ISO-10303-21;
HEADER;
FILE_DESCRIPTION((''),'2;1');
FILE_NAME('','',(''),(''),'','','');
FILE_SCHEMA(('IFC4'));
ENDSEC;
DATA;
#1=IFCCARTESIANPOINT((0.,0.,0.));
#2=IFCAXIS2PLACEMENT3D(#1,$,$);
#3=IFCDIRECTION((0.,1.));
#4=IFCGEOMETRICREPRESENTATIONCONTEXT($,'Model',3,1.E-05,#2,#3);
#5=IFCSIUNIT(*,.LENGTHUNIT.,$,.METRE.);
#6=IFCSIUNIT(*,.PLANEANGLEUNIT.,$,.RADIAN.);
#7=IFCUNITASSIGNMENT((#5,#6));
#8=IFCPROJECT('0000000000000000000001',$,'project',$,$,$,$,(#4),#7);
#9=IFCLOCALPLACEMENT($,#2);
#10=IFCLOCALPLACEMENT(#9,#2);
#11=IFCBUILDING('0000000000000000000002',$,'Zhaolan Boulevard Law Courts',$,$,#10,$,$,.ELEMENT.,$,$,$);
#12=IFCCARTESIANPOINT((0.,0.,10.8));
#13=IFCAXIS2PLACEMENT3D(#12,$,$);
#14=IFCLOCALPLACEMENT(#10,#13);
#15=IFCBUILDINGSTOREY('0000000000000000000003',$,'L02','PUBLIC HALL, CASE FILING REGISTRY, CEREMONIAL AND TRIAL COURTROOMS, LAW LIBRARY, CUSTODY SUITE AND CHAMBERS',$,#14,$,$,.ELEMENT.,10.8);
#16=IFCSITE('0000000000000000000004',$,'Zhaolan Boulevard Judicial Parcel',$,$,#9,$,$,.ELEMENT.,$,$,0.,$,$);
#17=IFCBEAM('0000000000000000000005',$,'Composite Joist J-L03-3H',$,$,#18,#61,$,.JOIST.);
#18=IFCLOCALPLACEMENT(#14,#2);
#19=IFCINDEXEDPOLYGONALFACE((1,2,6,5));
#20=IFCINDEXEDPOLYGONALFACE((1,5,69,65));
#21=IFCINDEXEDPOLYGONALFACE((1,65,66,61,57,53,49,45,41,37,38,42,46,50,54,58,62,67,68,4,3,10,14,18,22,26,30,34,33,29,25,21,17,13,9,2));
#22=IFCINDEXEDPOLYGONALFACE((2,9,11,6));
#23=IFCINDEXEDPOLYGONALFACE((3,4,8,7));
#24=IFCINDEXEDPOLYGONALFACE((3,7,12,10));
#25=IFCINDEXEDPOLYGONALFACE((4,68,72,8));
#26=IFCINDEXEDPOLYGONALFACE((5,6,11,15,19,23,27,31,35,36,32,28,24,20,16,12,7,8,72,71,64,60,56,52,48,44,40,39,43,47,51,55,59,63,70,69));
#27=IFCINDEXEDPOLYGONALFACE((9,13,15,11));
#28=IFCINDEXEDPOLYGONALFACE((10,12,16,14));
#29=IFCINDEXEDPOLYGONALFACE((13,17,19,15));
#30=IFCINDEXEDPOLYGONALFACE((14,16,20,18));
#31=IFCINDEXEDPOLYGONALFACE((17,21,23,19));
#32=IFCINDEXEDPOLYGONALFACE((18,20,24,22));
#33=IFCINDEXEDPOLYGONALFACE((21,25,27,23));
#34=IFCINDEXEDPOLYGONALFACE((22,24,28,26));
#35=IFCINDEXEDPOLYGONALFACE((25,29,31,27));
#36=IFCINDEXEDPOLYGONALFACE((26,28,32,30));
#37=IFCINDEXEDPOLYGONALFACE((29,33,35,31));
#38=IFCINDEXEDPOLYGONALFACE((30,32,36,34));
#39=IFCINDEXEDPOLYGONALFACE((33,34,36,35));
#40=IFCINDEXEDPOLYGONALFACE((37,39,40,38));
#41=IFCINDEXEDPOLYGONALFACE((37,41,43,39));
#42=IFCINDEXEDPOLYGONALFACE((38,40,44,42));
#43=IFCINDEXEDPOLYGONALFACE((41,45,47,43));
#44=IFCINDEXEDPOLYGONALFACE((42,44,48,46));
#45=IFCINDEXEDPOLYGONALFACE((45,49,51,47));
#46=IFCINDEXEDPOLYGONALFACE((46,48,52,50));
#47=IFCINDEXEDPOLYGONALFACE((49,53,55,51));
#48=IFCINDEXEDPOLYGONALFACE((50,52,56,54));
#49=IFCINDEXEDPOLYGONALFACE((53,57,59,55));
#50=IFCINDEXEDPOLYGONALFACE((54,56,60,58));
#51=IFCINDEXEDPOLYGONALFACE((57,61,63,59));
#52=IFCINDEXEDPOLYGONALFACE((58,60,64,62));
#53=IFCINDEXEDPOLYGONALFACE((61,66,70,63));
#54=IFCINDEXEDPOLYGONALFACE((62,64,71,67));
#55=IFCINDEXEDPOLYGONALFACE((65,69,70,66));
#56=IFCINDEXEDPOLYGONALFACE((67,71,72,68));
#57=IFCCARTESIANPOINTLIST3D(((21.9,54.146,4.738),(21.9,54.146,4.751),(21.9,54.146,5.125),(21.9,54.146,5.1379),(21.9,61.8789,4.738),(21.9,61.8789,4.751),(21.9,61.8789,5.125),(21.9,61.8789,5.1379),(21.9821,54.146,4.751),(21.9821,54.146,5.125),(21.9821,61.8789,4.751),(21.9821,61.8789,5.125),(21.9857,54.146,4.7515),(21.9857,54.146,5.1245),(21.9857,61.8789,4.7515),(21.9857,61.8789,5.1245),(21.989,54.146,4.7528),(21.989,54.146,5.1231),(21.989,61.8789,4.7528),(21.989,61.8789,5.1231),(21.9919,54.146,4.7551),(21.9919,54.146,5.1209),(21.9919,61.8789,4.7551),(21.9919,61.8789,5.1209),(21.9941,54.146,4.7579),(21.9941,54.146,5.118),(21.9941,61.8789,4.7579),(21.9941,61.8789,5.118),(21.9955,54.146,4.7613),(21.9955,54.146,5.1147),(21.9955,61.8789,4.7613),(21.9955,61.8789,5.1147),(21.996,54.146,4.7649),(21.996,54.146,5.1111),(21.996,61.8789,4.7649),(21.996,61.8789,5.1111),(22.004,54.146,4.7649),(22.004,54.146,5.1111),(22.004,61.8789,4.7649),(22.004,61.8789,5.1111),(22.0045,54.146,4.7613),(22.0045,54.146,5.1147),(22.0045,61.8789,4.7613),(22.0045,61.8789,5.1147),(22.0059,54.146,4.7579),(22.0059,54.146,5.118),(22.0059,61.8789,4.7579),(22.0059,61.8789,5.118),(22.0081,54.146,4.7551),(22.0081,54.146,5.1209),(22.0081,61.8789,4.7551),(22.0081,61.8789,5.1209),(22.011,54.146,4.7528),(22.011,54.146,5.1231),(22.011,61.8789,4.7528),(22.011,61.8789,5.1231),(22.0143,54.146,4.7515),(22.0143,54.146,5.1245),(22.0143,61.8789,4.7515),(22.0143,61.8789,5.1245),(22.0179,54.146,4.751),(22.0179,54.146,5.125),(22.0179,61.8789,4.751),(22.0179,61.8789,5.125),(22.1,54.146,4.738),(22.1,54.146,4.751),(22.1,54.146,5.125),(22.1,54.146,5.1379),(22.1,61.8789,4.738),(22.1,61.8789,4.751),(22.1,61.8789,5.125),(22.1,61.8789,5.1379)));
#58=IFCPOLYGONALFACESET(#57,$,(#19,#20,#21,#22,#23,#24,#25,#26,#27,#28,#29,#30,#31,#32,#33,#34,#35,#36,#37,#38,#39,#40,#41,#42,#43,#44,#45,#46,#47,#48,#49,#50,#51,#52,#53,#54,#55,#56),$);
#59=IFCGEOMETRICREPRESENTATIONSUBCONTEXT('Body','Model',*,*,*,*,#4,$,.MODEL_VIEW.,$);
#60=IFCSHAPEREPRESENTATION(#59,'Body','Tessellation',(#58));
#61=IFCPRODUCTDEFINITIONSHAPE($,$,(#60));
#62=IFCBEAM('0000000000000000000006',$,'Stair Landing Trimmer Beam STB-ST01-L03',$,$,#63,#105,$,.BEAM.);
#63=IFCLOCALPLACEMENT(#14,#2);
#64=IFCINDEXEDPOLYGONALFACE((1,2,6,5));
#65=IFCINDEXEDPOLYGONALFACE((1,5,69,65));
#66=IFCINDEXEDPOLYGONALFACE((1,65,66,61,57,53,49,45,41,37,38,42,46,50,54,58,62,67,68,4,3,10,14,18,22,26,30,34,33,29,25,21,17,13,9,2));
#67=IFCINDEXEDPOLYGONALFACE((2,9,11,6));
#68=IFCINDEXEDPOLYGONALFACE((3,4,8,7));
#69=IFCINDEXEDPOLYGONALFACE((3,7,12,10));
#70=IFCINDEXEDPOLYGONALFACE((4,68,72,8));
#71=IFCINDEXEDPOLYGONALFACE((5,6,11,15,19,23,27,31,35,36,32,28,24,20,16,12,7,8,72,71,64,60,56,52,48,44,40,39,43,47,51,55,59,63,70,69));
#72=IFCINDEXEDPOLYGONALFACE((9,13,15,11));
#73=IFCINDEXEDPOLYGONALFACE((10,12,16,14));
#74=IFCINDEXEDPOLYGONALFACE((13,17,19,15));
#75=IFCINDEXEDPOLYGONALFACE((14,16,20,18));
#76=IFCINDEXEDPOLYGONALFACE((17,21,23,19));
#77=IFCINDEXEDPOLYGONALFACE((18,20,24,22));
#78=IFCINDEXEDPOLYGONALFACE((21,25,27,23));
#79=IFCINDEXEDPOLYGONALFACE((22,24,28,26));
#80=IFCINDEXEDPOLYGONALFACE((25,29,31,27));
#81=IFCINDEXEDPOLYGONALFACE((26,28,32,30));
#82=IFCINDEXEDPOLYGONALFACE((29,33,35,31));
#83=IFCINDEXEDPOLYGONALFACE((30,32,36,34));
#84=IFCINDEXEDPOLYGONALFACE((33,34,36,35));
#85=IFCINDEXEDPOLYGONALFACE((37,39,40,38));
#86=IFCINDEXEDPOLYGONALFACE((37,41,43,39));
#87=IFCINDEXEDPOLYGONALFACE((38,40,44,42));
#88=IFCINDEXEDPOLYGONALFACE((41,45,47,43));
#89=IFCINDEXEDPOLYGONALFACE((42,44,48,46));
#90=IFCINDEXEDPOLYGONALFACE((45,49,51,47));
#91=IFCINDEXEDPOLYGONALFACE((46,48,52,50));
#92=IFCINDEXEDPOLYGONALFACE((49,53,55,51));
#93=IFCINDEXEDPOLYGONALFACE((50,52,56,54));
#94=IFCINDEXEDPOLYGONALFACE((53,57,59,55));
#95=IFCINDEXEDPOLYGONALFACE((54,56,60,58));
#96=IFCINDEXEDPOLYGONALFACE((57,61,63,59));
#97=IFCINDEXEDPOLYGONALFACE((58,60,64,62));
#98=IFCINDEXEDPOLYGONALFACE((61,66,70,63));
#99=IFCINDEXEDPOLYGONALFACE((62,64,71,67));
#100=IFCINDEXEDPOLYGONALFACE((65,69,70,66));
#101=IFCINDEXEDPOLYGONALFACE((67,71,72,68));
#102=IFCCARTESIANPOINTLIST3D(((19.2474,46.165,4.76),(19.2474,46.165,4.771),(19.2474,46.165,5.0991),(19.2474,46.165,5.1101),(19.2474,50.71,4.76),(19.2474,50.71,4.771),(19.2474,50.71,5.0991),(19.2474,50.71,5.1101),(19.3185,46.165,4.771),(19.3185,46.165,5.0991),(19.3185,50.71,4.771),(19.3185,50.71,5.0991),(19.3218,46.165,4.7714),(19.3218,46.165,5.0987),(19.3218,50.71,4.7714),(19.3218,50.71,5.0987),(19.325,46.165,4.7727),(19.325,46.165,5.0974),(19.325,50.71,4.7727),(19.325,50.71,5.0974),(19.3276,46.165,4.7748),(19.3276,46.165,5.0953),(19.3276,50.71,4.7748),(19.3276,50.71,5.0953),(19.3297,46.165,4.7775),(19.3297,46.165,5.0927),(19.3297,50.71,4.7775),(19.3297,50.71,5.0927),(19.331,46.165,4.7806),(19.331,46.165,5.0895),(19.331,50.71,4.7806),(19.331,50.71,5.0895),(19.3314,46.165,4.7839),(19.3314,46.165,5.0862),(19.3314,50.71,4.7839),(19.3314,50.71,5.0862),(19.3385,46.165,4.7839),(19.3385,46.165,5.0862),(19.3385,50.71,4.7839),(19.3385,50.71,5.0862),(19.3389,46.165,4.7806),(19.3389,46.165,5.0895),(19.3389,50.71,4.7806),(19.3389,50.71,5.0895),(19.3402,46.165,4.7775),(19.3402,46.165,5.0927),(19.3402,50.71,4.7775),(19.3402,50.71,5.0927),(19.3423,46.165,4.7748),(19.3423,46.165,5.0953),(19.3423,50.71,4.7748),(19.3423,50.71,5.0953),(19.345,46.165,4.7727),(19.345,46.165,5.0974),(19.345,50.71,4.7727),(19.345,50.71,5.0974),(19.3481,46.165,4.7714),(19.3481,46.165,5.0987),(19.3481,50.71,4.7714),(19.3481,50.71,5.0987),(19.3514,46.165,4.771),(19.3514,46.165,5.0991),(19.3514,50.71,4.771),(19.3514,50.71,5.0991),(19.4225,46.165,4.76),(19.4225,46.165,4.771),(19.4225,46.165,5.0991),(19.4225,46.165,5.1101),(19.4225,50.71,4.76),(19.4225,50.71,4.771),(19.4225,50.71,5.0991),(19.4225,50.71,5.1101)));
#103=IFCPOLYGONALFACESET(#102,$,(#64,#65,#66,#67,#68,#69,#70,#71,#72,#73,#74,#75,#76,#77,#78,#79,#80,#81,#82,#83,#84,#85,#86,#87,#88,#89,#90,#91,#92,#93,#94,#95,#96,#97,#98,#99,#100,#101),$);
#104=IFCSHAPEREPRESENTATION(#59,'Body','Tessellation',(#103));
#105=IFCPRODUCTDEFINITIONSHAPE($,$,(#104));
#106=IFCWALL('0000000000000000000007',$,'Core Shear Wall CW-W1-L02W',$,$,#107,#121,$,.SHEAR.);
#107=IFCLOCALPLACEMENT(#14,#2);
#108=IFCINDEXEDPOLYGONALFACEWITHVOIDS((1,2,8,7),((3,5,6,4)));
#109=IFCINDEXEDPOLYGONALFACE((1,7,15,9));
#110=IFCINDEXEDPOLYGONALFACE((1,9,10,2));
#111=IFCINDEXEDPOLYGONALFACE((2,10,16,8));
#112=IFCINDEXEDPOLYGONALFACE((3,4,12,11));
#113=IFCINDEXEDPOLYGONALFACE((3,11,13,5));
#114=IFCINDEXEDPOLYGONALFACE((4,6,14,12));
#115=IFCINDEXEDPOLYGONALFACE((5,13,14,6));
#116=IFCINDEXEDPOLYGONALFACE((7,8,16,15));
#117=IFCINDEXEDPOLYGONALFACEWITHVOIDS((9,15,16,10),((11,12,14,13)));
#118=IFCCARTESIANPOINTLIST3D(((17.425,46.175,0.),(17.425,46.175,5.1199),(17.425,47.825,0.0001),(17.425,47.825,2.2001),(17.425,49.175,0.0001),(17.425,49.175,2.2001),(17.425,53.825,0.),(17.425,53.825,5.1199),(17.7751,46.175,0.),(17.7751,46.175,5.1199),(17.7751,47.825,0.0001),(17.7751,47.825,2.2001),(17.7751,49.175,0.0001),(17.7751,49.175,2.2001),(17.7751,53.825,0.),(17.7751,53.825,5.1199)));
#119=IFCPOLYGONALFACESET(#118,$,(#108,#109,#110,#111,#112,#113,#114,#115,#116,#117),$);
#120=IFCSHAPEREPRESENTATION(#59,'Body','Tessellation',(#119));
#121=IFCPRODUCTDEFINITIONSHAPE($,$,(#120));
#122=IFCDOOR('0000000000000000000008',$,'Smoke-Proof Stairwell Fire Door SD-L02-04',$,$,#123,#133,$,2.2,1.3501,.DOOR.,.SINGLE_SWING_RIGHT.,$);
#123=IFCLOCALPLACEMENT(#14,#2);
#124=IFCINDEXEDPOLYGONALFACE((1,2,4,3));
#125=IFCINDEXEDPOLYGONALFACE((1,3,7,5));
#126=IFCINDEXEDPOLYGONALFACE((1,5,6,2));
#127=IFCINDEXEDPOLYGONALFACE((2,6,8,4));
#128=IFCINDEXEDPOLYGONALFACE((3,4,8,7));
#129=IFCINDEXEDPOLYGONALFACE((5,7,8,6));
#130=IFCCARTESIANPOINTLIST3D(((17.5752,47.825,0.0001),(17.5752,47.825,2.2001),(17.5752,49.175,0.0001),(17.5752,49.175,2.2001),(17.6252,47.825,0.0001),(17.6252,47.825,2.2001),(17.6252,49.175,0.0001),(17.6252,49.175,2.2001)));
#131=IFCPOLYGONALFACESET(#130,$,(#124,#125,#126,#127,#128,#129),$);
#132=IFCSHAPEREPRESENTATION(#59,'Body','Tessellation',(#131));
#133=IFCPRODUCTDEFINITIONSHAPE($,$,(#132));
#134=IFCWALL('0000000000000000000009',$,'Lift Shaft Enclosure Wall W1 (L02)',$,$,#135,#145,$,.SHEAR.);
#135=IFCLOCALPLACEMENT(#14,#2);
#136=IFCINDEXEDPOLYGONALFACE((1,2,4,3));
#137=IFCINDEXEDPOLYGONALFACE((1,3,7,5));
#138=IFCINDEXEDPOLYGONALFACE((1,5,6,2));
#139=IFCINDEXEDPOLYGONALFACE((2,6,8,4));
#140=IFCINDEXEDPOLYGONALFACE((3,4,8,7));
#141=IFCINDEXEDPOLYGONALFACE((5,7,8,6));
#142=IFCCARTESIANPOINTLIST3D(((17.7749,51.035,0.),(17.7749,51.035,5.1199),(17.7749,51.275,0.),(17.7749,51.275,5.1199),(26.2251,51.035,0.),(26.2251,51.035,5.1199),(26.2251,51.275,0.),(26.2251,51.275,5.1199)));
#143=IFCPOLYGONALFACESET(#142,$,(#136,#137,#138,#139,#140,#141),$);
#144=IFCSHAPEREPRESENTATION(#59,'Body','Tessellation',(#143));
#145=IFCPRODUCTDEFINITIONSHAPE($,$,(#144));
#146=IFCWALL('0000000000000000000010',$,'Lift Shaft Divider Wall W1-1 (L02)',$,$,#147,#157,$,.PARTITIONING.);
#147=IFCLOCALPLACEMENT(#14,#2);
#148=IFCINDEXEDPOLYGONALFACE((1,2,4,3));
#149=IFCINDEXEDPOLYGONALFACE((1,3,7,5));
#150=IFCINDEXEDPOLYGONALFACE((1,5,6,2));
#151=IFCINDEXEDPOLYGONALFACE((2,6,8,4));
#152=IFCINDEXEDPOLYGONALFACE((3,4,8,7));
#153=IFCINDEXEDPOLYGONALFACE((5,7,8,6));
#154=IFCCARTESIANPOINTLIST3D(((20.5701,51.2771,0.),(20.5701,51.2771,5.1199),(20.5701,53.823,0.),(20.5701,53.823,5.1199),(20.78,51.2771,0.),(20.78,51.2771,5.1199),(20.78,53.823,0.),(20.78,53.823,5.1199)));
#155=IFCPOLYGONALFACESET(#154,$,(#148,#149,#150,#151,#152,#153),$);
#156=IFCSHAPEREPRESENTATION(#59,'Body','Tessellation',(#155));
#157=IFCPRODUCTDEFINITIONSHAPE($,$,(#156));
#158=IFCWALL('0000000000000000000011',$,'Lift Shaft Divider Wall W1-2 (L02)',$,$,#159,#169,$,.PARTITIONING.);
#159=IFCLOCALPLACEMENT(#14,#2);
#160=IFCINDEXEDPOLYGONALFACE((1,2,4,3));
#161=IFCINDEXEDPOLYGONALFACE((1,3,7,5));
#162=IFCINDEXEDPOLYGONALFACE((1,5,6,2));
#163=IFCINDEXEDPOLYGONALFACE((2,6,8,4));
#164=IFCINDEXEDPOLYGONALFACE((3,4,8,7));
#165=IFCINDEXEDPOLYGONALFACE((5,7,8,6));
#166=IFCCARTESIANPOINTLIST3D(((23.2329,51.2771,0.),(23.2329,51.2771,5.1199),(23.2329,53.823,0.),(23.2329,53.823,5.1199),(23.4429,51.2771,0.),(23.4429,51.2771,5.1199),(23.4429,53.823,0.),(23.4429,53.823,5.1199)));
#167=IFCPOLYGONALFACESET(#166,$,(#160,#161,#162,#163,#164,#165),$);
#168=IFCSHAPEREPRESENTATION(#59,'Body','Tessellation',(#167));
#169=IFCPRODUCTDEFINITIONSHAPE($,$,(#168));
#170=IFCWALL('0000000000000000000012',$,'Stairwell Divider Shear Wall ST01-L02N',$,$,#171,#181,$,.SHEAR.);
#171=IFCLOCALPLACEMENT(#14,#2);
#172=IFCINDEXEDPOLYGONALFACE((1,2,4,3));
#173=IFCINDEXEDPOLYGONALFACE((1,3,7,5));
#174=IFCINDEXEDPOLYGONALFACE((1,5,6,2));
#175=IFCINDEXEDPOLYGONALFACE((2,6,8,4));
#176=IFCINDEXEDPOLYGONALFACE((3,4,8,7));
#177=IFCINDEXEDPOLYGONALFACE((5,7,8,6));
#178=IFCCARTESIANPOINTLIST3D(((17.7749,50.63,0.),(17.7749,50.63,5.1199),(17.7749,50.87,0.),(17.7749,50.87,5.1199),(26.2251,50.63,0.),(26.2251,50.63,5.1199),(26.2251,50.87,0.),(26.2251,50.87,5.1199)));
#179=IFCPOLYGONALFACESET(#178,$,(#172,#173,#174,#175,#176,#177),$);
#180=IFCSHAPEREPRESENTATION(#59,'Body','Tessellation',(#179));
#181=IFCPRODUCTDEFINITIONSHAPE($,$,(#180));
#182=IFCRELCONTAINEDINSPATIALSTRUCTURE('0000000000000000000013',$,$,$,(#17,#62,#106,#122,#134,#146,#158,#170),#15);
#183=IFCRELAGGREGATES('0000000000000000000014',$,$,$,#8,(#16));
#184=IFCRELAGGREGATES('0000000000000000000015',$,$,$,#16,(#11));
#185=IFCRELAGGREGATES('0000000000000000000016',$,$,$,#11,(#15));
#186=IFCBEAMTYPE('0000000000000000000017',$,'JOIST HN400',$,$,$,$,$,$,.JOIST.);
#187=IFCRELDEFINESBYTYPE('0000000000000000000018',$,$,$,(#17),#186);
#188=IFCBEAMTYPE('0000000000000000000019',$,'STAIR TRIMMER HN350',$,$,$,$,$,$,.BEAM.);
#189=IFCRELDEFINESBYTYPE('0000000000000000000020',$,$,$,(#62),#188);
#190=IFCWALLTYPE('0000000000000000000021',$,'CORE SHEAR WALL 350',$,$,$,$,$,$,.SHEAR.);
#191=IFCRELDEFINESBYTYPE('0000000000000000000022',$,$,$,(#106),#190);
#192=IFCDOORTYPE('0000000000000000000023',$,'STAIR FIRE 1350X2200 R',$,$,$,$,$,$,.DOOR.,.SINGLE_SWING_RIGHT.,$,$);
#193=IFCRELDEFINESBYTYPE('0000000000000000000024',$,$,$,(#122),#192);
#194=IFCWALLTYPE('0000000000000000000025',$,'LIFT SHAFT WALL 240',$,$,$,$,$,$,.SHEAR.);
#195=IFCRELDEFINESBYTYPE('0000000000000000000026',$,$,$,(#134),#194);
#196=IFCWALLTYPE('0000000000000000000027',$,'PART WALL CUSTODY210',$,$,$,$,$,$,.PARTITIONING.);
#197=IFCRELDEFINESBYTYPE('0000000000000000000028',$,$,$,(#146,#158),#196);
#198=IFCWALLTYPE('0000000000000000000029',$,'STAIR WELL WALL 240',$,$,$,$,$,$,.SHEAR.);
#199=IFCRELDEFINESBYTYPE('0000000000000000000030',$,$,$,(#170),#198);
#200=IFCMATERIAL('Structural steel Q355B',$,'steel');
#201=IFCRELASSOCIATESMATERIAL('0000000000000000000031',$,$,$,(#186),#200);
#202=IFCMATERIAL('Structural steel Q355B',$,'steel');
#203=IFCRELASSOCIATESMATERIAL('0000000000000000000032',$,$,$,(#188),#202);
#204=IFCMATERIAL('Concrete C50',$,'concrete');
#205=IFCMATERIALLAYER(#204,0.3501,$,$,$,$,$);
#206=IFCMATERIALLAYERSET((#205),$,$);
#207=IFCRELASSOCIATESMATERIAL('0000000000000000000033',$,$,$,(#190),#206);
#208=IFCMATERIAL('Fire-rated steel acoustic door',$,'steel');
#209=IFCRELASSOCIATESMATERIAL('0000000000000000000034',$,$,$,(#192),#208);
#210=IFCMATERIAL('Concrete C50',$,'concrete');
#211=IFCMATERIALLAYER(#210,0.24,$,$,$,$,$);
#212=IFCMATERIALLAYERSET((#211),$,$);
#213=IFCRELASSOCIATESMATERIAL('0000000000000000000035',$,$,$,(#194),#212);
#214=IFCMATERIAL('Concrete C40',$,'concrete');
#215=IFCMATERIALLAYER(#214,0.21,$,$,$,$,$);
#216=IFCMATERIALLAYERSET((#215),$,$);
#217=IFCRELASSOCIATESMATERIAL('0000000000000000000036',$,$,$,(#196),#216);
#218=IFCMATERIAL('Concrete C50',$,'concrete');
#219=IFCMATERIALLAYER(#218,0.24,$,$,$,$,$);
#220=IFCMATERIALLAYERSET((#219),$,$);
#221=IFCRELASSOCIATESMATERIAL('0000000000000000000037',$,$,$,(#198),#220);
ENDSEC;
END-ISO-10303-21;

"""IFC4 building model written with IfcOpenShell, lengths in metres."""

from ifc_helpers import new_model, si_unit, direction, frame, frame_2d, origin, origin_2d, place, context, subcontext, project, spatial, rectangle, i_section, extrude, material, layer, layer_set, material_profile, profile_set, type_object, element, fill, save


model = new_model("IFC4")

# Units and contexts
model_context = context("Model", 3, precision=1e-05, world=origin(), true_north=direction((0.0, 1.0)))
body_context = subcontext(model_context, "Body", "Model", "MODEL_VIEW")
ifc_project = project(units=[si_unit("LENGTHUNIT", "METRE"), si_unit("PLANEANGLEUNIT", "RADIAN")], contexts=[model_context])

# Site, building, storey
site_placement = place(None, origin())
site = spatial("IfcSite", under=ifc_project, at=site_placement, Name="Zhaolan Boulevard Judicial Parcel", CompositionType="ELEMENT", RefElevation=0.0)
building_placement = place(site_placement, origin())
building = spatial("IfcBuilding", under=site, at=building_placement, Name="Zhaolan Boulevard Law Courts", CompositionType="ELEMENT")
storey_placement = place(building_placement, frame((0.0, 0.0, 10.8)))
storey = spatial("IfcBuildingStorey", under=building, at=storey_placement, Name="L02", Description="PUBLIC HALL, CASE FILING REGISTRY, CEREMONIAL AND TRIAL COURTROOMS, LAW LIBRARY, CUSTODY SUITE AND CHAMBERS", CompositionType="ELEMENT", Elevation=10.8)

# Beams
ifc_material_1 = material(Name="Structural steel Q355B", Category="steel")
ifc_material_profile_1 = material_profile(ifc_material_1, i_section(OverallWidth=0.2, OverallDepth=0.3999, WebThickness=0.0081, FlangeThickness=0.0129, FilletRadius=0.0139, at=origin_2d()), Name="HN400x200")
ifc_profile_set_1 = profile_set([ifc_material_profile_1], Name="Structural steel Q355B")
beam_type_1 = type_object("IfcBeamType", Name="JOIST HN400", PredefinedType="JOIST", material=ifc_profile_set_1)
beam_1_placement = place(storey_placement, frame((22.0, 54.146, 4.938), z_axis=(0.0, 1.0, 0.0), x_axis=(-1.0, 0.0, 0.0)))
element("IfcBeam", 1, at=beam_1_placement, inside=storey, type_object=beam_type_1, Name="Composite Joist J-L03-3H", PredefinedType="JOIST", context=body_context, shape_type="SweptSolid", body=[
    extrude(i_section(OverallWidth=0.2, OverallDepth=0.3999, WebThickness=0.0081, FlangeThickness=0.0129, FilletRadius=0.0139, at=origin_2d()), origin(), (0.0, 0.0, 1.0), 7.7329),
])
ifc_material_2 = material(Name="Structural steel Q355B", Category="steel")
ifc_material_profile_2 = material_profile(ifc_material_2, i_section(OverallWidth=0.175, OverallDepth=0.3501, WebThickness=0.0071, FlangeThickness=0.011, FilletRadius=0.0129, at=origin_2d()), Name="HN350x175")
ifc_profile_set_2 = profile_set([ifc_material_profile_2], Name="Structural steel Q355B")
beam_type_2 = type_object("IfcBeamType", Name="STAIR TRIMMER HN350", PredefinedType="BEAM", material=ifc_profile_set_2)
beam_2_placement = place(storey_placement, frame((19.335, 46.165, 4.9351), z_axis=(0.0, 1.0, 0.0), x_axis=(-1.0, 0.0, 0.0)))
element("IfcBeam", 2, at=beam_2_placement, inside=storey, type_object=beam_type_2, Name="Stair Landing Trimmer Beam STB-ST01-L03", PredefinedType="BEAM", context=body_context, shape_type="SweptSolid", body=[
    extrude(i_section(OverallWidth=0.175, OverallDepth=0.3501, WebThickness=0.0071, FlangeThickness=0.011, FilletRadius=0.0129, at=origin_2d()), origin(), (0.0, 0.0, 1.0), 4.5449),
])

# Wall, opening, door
ifc_material_3 = material(Name="Concrete C50", Category="concrete")
ifc_layer_1 = layer(ifc_material_3, 0.3501)
ifc_layer_set_1 = layer_set([ifc_layer_1])
wall_type_1 = type_object("IfcWallType", Name="CORE SHEAR WALL 350", PredefinedType="SHEAR", material=ifc_layer_set_1)
wall_1_placement = place(storey_placement, frame((17.6001, 46.175, 0.0), z_axis=(0.0, 0.0, 1.0), x_axis=(0.0, 1.0, 0.0)))
wall_1 = element("IfcWall", 3, at=wall_1_placement, inside=storey, type_object=wall_type_1, Name="Core Shear Wall CW-W1-L02W", PredefinedType="SHEAR", context=body_context, shape_type="SweptSolid", body=[
    extrude(rectangle(XDim=7.6499, YDim=0.3501, at=frame_2d((3.825, 0.0))), origin(), (0.0, 0.0, 1.0), 5.1199),
])
opening_placement = place(wall_1_placement, frame((1.6499, 0.0, 0.0)))
opening = element("IfcOpeningElement", 4, at=opening_placement, cuts=wall_1, PredefinedType="OPENING", context=body_context, shape_type="SweptSolid", body=[
    extrude(rectangle(XDim=1.3501, YDim=2.2, at=frame_2d((0.675, 1.1001))), frame((0.0, 0.1851, 0.0), z_axis=(0.0, -1.0, 0.0), x_axis=(1.0, 0.0, 0.0)), (0.0, 0.0, 1.0), 0.3701),
])
ifc_material_4 = material(Name="Fire-rated steel acoustic door", Category="steel")
door_type = type_object("IfcDoorType", Name="STAIR FIRE 1350X2200 R", OperationType="SINGLE_SWING_RIGHT", PredefinedType="DOOR", material=ifc_material_4)
door_placement = place(opening_placement, origin())
door = element("IfcDoor", 5, at=door_placement, inside=storey, type_object=door_type, Name="Smoke-Proof Stairwell Fire Door SD-L02-04", OperationType="SINGLE_SWING_RIGHT", OverallHeight=2.2, OverallWidth=1.3501, PredefinedType="DOOR", context=body_context, shape_type="SweptSolid", body=[
    extrude(rectangle(XDim=1.3501, YDim=2.2, at=frame_2d((0.675, 1.1001))), frame((0.0, 0.0249, 0.0), z_axis=(0.0, -1.0, 0.0), x_axis=(1.0, 0.0, 0.0)), (0.0, 0.0, 1.0), 0.05),
])
fill(opening, door)

# Walls
ifc_material_5 = material(Name="Concrete C50", Category="concrete")
ifc_layer_2 = layer(ifc_material_5, 0.24)
ifc_layer_set_2 = layer_set([ifc_layer_2])
wall_type_2 = type_object("IfcWallType", Name="LIFT SHAFT WALL 240", PredefinedType="SHEAR", material=ifc_layer_set_2)
wall_2_placement = place(storey_placement, frame((17.7749, 51.155, 0.0), z_axis=(0.0, 0.0, 1.0), x_axis=(1.0, 0.0, 0.0)))
element("IfcWall", 6, at=wall_2_placement, inside=storey, type_object=wall_type_2, Name="Lift Shaft Enclosure Wall W1 (L02)", PredefinedType="SHEAR", context=body_context, shape_type="SweptSolid", body=[
    extrude(rectangle(XDim=8.4502, YDim=0.24, at=frame_2d((4.2251, 0.0))), origin(), (0.0, 0.0, 1.0), 5.1199),
])
ifc_material_6 = material(Name="Concrete C40", Category="concrete")
ifc_layer_3 = layer(ifc_material_6, 0.21)
ifc_layer_set_3 = layer_set([ifc_layer_3])
wall_type_3 = type_object("IfcWallType", Name="PART WALL CUSTODY210", PredefinedType="PARTITIONING", material=ifc_layer_set_3)
for number, where, z_axis, x_axis, name in (
    (7, (20.675, 51.2771, 0.0), (0.0, 0.0, 1.0), (0.0, 1.0, 0.0), "Lift Shaft Divider Wall W1-1 (L02)"),
    (8, (23.3379, 51.2771, 0.0), (0.0, 0.0, 1.0), (0.0, 1.0, 0.0), "Lift Shaft Divider Wall W1-2 (L02)"),
):
    element("IfcWall", number, at=place(storey_placement, frame(where, z_axis=z_axis, x_axis=x_axis)), inside=storey, type_object=wall_type_3, Name=name, PredefinedType="PARTITIONING", context=body_context, shape_type="SweptSolid", body=[
        extrude(rectangle(XDim=2.5459, YDim=0.21, at=frame_2d((1.2729, 0.0))), origin(), (0.0, 0.0, 1.0), 5.1199),
    ])
ifc_material_7 = material(Name="Concrete C50", Category="concrete")
ifc_layer_4 = layer(ifc_material_7, 0.24)
ifc_layer_set_4 = layer_set([ifc_layer_4])
wall_type_4 = type_object("IfcWallType", Name="STAIR WELL WALL 240", PredefinedType="SHEAR", material=ifc_layer_set_4)
wall_3_placement = place(storey_placement, frame((17.7749, 50.75, 0.0), z_axis=(0.0, 0.0, 1.0), x_axis=(1.0, 0.0, 0.0)))
element("IfcWall", 9, at=wall_3_placement, inside=storey, type_object=wall_type_4, Name="Stairwell Divider Shear Wall ST01-L02N", PredefinedType="SHEAR", context=body_context, shape_type="SweptSolid", body=[
    extrude(rectangle(XDim=8.4502, YDim=0.24, at=frame_2d((4.2251, 0.0))), origin(), (0.0, 0.0, 1.0), 5.1199),
])

save(model, "model.ifc")
